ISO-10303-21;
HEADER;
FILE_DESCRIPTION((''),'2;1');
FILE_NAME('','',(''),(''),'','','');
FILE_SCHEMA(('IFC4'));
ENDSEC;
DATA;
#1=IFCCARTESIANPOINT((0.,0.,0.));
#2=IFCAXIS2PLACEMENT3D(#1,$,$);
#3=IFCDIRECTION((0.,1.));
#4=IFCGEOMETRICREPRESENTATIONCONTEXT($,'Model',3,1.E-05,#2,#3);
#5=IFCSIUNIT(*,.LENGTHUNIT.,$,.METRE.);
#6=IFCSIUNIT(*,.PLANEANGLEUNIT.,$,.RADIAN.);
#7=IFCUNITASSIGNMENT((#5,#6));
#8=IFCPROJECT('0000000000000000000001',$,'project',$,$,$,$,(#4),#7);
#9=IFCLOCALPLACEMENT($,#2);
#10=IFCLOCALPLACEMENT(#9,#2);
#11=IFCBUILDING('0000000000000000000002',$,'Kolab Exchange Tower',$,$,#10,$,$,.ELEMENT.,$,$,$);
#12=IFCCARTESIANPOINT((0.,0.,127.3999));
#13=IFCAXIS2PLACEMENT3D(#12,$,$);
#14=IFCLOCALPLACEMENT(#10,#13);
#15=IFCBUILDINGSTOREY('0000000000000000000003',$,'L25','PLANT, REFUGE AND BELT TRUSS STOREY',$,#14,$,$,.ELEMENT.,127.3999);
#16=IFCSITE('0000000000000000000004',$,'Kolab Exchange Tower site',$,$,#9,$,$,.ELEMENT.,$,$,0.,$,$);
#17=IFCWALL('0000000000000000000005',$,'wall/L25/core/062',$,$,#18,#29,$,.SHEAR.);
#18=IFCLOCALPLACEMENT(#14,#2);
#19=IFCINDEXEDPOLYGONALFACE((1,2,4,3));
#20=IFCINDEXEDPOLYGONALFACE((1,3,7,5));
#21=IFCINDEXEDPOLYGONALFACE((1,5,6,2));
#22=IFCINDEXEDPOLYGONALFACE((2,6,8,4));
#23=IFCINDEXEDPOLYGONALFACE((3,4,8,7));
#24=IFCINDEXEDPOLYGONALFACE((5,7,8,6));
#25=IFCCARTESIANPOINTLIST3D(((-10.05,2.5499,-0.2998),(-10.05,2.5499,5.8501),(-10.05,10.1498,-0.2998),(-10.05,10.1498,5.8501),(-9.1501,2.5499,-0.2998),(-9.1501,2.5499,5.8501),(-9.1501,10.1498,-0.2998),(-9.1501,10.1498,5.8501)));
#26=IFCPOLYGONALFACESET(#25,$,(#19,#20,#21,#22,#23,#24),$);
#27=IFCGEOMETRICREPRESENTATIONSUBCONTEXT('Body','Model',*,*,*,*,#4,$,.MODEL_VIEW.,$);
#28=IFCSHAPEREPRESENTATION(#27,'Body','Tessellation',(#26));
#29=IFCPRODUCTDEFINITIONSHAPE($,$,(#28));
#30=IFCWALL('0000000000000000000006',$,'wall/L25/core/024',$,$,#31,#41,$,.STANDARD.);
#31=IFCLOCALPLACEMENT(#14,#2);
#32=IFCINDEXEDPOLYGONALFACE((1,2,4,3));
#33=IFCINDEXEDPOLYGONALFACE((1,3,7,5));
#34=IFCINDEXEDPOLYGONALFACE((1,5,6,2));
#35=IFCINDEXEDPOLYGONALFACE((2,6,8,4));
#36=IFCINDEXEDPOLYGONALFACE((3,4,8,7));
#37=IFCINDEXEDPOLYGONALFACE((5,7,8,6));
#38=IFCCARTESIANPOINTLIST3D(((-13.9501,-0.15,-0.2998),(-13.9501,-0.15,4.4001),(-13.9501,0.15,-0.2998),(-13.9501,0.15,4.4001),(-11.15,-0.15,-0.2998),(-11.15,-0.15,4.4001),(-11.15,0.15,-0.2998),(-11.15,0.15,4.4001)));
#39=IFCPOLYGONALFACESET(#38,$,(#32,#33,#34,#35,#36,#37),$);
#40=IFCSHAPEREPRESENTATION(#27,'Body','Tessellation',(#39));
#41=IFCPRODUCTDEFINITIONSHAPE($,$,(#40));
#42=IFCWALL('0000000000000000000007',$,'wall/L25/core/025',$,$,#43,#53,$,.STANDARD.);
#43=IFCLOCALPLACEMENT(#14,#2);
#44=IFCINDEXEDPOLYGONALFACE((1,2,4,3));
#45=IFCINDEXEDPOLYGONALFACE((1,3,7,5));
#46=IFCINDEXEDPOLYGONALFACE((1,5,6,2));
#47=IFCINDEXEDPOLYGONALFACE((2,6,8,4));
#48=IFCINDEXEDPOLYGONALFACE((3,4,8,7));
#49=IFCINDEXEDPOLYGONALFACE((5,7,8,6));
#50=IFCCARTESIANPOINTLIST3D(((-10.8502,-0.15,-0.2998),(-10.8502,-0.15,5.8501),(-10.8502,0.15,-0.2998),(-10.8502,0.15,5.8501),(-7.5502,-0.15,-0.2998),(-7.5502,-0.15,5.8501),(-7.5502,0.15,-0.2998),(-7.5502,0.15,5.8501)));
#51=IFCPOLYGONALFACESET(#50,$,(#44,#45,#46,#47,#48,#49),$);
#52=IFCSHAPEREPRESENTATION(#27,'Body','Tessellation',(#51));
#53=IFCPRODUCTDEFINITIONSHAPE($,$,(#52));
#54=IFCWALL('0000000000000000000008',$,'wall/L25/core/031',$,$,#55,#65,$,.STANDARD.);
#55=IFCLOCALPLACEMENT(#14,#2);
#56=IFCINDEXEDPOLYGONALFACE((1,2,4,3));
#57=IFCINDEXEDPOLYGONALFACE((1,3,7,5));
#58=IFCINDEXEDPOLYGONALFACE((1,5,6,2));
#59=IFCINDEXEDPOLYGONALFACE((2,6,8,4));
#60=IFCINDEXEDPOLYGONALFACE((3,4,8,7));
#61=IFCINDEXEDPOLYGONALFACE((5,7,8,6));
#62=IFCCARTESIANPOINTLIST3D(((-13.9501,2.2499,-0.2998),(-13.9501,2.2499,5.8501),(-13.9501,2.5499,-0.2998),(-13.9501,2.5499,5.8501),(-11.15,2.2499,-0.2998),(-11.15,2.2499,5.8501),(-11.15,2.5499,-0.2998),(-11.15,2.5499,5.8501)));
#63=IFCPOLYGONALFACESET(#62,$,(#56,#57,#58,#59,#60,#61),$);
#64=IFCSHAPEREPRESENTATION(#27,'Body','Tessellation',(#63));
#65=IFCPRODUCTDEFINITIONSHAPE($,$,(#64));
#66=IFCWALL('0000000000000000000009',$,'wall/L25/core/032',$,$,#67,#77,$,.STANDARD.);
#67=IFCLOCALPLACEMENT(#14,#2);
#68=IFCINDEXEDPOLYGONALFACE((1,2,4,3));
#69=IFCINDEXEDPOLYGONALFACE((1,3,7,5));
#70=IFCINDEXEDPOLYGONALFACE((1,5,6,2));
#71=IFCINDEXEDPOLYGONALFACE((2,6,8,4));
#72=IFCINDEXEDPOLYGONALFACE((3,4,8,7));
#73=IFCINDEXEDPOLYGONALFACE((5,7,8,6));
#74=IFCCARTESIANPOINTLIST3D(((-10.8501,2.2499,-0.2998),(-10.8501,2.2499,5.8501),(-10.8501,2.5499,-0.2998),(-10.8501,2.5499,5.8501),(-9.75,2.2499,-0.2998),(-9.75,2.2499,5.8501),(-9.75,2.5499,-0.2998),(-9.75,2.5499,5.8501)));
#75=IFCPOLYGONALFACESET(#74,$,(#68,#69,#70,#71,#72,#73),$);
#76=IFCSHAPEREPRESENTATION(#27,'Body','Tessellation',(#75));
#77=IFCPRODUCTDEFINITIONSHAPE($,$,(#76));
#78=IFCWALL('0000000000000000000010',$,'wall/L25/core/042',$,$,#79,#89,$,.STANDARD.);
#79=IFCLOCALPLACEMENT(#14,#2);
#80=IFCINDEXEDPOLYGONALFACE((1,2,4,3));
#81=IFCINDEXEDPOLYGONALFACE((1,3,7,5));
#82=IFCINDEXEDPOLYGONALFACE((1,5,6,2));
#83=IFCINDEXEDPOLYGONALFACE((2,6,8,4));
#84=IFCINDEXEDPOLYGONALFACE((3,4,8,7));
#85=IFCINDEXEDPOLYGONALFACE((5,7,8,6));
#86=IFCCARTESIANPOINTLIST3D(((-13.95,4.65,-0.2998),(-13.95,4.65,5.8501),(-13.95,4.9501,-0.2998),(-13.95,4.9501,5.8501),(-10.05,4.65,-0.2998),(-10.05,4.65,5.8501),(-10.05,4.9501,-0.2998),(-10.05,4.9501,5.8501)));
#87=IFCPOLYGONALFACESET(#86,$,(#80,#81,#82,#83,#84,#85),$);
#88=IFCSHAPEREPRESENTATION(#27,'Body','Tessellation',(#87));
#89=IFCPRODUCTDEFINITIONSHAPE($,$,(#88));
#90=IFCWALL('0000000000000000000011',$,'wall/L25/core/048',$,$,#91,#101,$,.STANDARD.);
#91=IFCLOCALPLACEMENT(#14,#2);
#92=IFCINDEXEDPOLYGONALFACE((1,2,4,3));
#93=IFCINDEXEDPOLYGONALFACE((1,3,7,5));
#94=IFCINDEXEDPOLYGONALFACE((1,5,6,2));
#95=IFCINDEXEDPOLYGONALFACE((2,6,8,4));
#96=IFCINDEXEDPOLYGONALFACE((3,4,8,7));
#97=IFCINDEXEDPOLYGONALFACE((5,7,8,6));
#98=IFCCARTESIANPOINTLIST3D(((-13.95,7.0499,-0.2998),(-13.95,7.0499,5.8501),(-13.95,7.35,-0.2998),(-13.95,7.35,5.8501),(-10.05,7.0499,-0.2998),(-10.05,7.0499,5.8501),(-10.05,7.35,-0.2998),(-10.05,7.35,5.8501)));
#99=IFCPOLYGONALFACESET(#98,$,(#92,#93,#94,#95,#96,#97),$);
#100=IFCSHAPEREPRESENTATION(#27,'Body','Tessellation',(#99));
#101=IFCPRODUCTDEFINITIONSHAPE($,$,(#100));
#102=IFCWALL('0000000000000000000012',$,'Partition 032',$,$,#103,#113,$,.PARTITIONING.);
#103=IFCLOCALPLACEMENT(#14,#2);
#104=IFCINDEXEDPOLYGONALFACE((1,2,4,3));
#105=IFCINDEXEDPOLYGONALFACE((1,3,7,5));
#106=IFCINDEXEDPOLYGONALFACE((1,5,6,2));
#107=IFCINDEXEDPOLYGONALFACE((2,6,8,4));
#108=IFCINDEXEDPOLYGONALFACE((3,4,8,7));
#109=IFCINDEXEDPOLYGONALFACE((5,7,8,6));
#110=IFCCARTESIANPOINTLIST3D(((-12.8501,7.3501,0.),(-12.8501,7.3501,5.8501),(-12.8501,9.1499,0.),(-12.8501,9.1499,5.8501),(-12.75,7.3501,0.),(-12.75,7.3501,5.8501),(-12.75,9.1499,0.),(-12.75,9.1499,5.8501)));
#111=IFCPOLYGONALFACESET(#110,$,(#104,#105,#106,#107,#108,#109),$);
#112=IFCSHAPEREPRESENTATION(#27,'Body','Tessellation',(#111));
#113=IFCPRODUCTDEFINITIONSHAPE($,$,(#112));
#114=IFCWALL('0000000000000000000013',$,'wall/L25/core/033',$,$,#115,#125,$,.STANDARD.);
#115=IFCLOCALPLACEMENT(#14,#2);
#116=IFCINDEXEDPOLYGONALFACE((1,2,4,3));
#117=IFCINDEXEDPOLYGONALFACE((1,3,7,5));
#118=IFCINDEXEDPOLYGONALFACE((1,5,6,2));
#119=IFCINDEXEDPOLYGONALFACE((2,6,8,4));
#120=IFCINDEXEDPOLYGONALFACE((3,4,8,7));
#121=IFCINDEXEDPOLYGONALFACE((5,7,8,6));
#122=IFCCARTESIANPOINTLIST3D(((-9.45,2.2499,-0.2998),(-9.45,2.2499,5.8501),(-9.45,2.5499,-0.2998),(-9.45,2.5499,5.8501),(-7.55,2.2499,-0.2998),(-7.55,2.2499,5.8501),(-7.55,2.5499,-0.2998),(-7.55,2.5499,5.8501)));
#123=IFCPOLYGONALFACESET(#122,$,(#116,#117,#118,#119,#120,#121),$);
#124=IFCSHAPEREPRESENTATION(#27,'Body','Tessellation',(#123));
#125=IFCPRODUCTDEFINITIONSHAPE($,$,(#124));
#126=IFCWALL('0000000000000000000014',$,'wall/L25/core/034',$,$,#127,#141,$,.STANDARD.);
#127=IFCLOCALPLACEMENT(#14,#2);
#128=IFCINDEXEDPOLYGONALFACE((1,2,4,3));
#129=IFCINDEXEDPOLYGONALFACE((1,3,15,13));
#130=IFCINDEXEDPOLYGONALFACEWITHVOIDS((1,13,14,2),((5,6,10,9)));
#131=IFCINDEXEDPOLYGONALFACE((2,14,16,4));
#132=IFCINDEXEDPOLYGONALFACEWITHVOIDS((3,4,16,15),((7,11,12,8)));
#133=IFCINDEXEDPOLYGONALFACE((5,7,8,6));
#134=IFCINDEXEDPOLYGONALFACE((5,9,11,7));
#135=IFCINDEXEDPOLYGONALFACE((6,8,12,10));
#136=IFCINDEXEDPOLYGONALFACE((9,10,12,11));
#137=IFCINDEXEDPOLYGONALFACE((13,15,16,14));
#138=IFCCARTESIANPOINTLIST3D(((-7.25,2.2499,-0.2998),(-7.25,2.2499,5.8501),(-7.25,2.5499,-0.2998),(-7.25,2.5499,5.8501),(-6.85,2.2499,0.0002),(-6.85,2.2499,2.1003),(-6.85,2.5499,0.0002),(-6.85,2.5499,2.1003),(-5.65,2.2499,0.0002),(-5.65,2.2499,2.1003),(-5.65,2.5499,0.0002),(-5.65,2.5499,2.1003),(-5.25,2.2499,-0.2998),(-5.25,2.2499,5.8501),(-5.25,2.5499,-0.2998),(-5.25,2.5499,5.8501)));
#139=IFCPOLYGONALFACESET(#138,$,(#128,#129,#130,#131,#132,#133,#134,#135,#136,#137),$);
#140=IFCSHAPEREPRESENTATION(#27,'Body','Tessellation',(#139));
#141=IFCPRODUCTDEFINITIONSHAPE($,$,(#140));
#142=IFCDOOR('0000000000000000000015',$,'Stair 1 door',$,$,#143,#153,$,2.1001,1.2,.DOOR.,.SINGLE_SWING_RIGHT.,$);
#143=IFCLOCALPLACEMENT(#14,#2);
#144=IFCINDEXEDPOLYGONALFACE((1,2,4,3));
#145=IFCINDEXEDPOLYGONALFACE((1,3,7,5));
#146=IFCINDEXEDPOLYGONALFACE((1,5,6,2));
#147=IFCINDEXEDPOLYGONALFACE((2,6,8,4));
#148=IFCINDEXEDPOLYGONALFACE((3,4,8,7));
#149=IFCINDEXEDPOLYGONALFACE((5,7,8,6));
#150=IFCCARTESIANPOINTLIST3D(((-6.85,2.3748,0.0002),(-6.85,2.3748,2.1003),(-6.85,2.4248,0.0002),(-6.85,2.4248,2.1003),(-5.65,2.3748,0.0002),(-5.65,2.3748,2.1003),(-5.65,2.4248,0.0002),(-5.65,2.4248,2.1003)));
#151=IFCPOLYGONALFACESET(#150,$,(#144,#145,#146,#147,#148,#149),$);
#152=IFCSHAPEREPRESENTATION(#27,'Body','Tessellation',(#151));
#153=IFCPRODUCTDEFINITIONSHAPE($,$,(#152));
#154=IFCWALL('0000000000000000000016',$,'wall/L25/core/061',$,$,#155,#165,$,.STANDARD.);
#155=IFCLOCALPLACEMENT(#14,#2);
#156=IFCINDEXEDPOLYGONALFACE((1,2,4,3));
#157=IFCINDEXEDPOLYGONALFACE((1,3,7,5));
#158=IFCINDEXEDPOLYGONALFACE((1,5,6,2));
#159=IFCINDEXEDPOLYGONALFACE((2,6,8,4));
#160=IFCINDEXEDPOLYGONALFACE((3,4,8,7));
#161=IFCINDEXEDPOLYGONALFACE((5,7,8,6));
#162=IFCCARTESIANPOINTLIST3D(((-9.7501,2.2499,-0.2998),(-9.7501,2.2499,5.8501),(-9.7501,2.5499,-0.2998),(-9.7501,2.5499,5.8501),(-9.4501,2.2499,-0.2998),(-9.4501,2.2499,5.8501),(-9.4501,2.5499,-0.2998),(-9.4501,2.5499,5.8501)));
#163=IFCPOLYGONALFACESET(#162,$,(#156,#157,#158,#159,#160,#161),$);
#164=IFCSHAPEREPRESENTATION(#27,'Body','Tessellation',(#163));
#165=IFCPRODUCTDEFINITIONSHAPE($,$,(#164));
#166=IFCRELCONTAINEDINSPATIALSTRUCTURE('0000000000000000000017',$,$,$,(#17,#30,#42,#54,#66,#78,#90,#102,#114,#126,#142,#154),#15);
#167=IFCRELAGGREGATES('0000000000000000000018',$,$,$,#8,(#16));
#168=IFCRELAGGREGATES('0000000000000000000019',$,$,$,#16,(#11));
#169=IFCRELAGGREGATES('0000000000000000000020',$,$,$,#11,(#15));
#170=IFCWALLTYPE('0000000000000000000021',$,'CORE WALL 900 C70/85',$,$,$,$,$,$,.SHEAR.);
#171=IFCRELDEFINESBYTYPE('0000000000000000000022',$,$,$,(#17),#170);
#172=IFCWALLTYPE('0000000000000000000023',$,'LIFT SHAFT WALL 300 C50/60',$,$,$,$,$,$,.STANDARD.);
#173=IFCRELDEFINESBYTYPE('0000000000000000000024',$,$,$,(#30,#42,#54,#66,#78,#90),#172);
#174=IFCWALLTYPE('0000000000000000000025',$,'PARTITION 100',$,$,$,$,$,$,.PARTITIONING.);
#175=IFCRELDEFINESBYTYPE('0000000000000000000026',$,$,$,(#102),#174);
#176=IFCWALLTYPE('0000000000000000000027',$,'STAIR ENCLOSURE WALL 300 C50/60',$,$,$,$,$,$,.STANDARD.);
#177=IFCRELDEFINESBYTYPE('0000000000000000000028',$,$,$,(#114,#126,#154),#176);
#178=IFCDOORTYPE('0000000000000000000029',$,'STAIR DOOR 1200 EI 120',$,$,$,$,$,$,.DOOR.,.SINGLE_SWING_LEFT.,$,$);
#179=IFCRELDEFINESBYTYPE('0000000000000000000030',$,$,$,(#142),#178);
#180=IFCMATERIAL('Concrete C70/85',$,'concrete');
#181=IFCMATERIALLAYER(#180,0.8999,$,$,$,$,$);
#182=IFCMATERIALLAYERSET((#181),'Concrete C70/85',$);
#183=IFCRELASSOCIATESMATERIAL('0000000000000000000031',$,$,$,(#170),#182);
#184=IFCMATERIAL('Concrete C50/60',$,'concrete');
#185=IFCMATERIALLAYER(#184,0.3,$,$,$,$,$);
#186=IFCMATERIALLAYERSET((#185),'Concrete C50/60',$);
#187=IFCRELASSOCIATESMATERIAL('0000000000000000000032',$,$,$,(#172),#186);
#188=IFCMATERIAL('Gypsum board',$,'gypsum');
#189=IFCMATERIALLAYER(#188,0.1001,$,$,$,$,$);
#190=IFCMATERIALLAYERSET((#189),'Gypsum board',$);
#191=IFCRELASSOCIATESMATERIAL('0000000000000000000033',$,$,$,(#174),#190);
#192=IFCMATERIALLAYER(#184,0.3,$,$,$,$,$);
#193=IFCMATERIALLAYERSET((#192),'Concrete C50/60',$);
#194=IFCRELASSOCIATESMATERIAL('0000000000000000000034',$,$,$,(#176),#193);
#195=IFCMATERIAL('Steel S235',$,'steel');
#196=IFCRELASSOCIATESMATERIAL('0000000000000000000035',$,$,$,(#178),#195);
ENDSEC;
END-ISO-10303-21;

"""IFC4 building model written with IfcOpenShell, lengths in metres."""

from ifc_helpers import new_model, si_unit, direction, frame, frame_2d, origin, place, context, subcontext, project, spatial, rectangle, extrude, material, layer, layer_set, type_object, element, fill, save


model = new_model("IFC4")

# Units and contexts
model_context = context("Model", 3, precision=1e-05, world=origin(), true_north=direction((0.0, 1.0)))
body_context = subcontext(model_context, "Body", "Model", "MODEL_VIEW")
ifc_project = project(units=[si_unit("LENGTHUNIT", "METRE"), si_unit("PLANEANGLEUNIT", "RADIAN")], contexts=[model_context])

# Site, building, storey
site_placement = place(None, origin())
site = spatial("IfcSite", under=ifc_project, at=site_placement, Name="Kolab Exchange Tower site", CompositionType="ELEMENT", RefElevation=0.0)
building_placement = place(site_placement, origin())
building = spatial("IfcBuilding", under=site, at=building_placement, Name="Kolab Exchange Tower", CompositionType="ELEMENT")
storey_placement = place(building_placement, frame((0.0, 0.0, 127.3999)))
storey = spatial("IfcBuildingStorey", under=building, at=storey_placement, Name="L25", Description="PLANT, REFUGE AND BELT TRUSS STOREY", CompositionType="ELEMENT", Elevation=127.3999)

# Walls
ifc_material_1 = material(Name="Concrete C70/85", Category="concrete")
ifc_layer_1 = layer(ifc_material_1, 0.8999)
ifc_layer_set_1 = layer_set([ifc_layer_1], Name="Concrete C70/85")
wall_type_1 = type_object("IfcWallType", Name="CORE WALL 900 C70/85", PredefinedType="SHEAR", material=ifc_layer_set_1)
wall_1_placement = place(storey_placement, frame((-9.6001, 2.55, -0.2998), z_axis=(0.0, 0.0, 1.0), x_axis=(0.0, 1.0, 0.0)))
element("IfcWall", 1, at=wall_1_placement, inside=storey, type_object=wall_type_1, Name="wall/L25/core/062", PredefinedType="SHEAR", context=body_context, shape_type="SweptSolid", body=[
    extrude(rectangle(XDim=7.5999, YDim=0.8999, at=frame_2d((3.7998, 0.0))), origin(), (0.0, 0.0, 1.0), 6.1499),
])
ifc_material_2 = material(Name="Concrete C50/60", Category="concrete")
ifc_layer_2 = layer(ifc_material_2, 0.3)
ifc_layer_set_2 = layer_set([ifc_layer_2], Name="Concrete C50/60")
wall_type_2 = type_object("IfcWallType", Name="LIFT SHAFT WALL 300 C50/60", PredefinedType="STANDARD", material=ifc_layer_set_2)
wall_2_placement = place(storey_placement, frame((-13.95, 0.0, -0.2998), z_axis=(0.0, 0.0, 1.0), x_axis=(1.0, 0.0, 0.0)))
element("IfcWall", 2, at=wall_2_placement, inside=storey, type_object=wall_type_2, Name="wall/L25/core/024", PredefinedType="STANDARD", context=body_context, shape_type="SweptSolid", body=[
    extrude(rectangle(XDim=2.8, YDim=0.3, at=frame_2d((1.3999, 0.0))), origin(), (0.0, 0.0, 1.0), 4.7),
])
wall_3_placement = place(storey_placement, frame((-10.8501, 0.0, -0.2998), z_axis=(0.0, 0.0, 1.0), x_axis=(1.0, 0.0, 0.0)))
element("IfcWall", 3, at=wall_3_placement, inside=storey, type_object=wall_type_2, Name="wall/L25/core/025", PredefinedType="STANDARD", context=body_context, shape_type="SweptSolid", body=[
    extrude(rectangle(XDim=3.3, YDim=0.3, at=frame_2d((1.6499, 0.0))), origin(), (0.0, 0.0, 1.0), 6.1499),
])
wall_4_placement = place(storey_placement, frame((-13.95, 2.3999, -0.2998), z_axis=(0.0, 0.0, 1.0), x_axis=(1.0, 0.0, 0.0)))
element("IfcWall", 4, at=wall_4_placement, inside=storey, type_object=wall_type_2, Name="wall/L25/core/031", PredefinedType="STANDARD", context=body_context, shape_type="SweptSolid", body=[
    extrude(rectangle(XDim=2.8, YDim=0.3, at=frame_2d((1.3999, 0.0))), origin(), (0.0, 0.0, 1.0), 6.1499),
])
wall_5_placement = place(storey_placement, frame((-10.8501, 2.3999, -0.2998), z_axis=(0.0, 0.0, 1.0), x_axis=(1.0, 0.0, 0.0)))
element("IfcWall", 5, at=wall_5_placement, inside=storey, type_object=wall_type_2, Name="wall/L25/core/032", PredefinedType="STANDARD", context=body_context, shape_type="SweptSolid", body=[
    extrude(rectangle(XDim=1.1001, YDim=0.3, at=frame_2d((0.55, 0.0))), origin(), (0.0, 0.0, 1.0), 6.1499),
])
for number, where, z_axis, x_axis, name in (
    (6, (-13.95, 4.8, -0.2998), (0.0, 0.0, 1.0), (1.0, 0.0, 0.0), "wall/L25/core/042"),
    (7, (-13.95, 7.2, -0.2998), (0.0, 0.0, 1.0), (1.0, 0.0, 0.0), "wall/L25/core/048"),
):
    element("IfcWall", number, at=place(storey_placement, frame(where, z_axis=z_axis, x_axis=x_axis)), inside=storey, type_object=wall_type_2, Name=name, PredefinedType="STANDARD", context=body_context, shape_type="SweptSolid", body=[
        extrude(rectangle(XDim=3.8999, YDim=0.3, at=frame_2d((1.95, 0.0))), origin(), (0.0, 0.0, 1.0), 6.1499),
    ])
ifc_material_3 = material(Name="Gypsum board", Category="gypsum")
ifc_layer_3 = layer(ifc_material_3, 0.1001)
ifc_layer_set_3 = layer_set([ifc_layer_3], Name="Gypsum board")
wall_type_3 = type_object("IfcWallType", Name="PARTITION 100", PredefinedType="PARTITIONING", material=ifc_layer_set_3)
wall_6_placement = place(storey_placement, frame((-12.8, 7.3501, 0.0), z_axis=(0.0, 0.0, 1.0), x_axis=(0.0, 1.0, 0.0)))
element("IfcWall", 8, at=wall_6_placement, inside=storey, type_object=wall_type_3, Name="Partition 032", PredefinedType="PARTITIONING", context=body_context, shape_type="SweptSolid", body=[
    extrude(rectangle(XDim=1.7998, YDim=0.1001, at=frame_2d((0.8999, 0.0))), origin(), (0.0, 0.0, 1.0), 5.8501),
])
ifc_layer_4 = layer(ifc_material_2, 0.3)
ifc_layer_set_4 = layer_set([ifc_layer_4], Name="Concrete C50/60")
wall_type_4 = type_object("IfcWallType", Name="STAIR ENCLOSURE WALL 300 C50/60", PredefinedType="STANDARD", material=ifc_layer_set_4)
wall_7_placement = place(storey_placement, frame((-9.45, 2.3999, -0.2998), z_axis=(0.0, 0.0, 1.0), x_axis=(1.0, 0.0, 0.0)))
element("IfcWall", 9, at=wall_7_placement, inside=storey, type_object=wall_type_4, Name="wall/L25/core/033", PredefinedType="STANDARD", context=body_context, shape_type="SweptSolid", body=[
    extrude(rectangle(XDim=1.8999, YDim=0.3, at=frame_2d((0.95, 0.0))), origin(), (0.0, 0.0, 1.0), 6.1499),
])

# Wall, opening, door
wall_8_placement = place(storey_placement, frame((-7.25, 2.3999, -0.2998), z_axis=(0.0, 0.0, 1.0), x_axis=(1.0, 0.0, 0.0)))
wall_8 = element("IfcWall", 10, at=wall_8_placement, inside=storey, type_object=wall_type_4, Name="wall/L25/core/034", PredefinedType="STANDARD", context=body_context, shape_type="SweptSolid", body=[
    extrude(rectangle(XDim=2.0, YDim=0.3, at=frame_2d((1.0, 0.0))), origin(), (0.0, 0.0, 1.0), 6.1499),
])
opening_placement = place(wall_8_placement, frame((0.3999, 0.0, 0.3)))
opening = element("IfcOpeningElement", 11, at=opening_placement, cuts=wall_8, PredefinedType="OPENING", context=body_context, shape_type="SweptSolid", body=[
    extrude(rectangle(XDim=1.2, YDim=2.1001, at=frame_2d((0.6001, 1.05))), frame((0.0, 0.1602, 0.0), z_axis=(0.0, -1.0, 0.0), x_axis=(1.0, 0.0, 0.0)), (0.0, 0.0, 1.0), 0.3201),
])
ifc_material_4 = material(Name="Steel S235", Category="steel")
door_type = type_object("IfcDoorType", Name="STAIR DOOR 1200 EI 120", OperationType="SINGLE_SWING_LEFT", PredefinedType="DOOR", material=ifc_material_4)
door_placement = place(opening_placement, origin())
door = element("IfcDoor", 12, at=door_placement, inside=storey, type_object=door_type, Name="Stair 1 door", OperationType="SINGLE_SWING_RIGHT", OverallHeight=2.1001, OverallWidth=1.2, PredefinedType="DOOR", context=body_context, shape_type="SweptSolid", body=[
    extrude(rectangle(XDim=1.2, YDim=2.1001, at=frame_2d((0.6001, 1.05))), frame((0.0, 0.0249, 0.0), z_axis=(0.0, -1.0, 0.0), x_axis=(1.0, 0.0, 0.0)), (0.0, 0.0, 1.0), 0.05),
])
fill(opening, door)

# Wall
wall_9_placement = place(storey_placement, frame((-9.6001, 2.25, -0.2998), z_axis=(0.0, 0.0, 1.0), x_axis=(0.0, 1.0, 0.0)))
element("IfcWall", 13, at=wall_9_placement, inside=storey, type_object=wall_type_4, Name="wall/L25/core/061", PredefinedType="STANDARD", context=body_context, shape_type="SweptSolid", body=[
    extrude(rectangle(XDim=0.3, YDim=0.3, at=frame_2d((0.1499, 0.0))), origin(), (0.0, 0.0, 1.0), 6.1499),
])

save(model, "model.ifc")
